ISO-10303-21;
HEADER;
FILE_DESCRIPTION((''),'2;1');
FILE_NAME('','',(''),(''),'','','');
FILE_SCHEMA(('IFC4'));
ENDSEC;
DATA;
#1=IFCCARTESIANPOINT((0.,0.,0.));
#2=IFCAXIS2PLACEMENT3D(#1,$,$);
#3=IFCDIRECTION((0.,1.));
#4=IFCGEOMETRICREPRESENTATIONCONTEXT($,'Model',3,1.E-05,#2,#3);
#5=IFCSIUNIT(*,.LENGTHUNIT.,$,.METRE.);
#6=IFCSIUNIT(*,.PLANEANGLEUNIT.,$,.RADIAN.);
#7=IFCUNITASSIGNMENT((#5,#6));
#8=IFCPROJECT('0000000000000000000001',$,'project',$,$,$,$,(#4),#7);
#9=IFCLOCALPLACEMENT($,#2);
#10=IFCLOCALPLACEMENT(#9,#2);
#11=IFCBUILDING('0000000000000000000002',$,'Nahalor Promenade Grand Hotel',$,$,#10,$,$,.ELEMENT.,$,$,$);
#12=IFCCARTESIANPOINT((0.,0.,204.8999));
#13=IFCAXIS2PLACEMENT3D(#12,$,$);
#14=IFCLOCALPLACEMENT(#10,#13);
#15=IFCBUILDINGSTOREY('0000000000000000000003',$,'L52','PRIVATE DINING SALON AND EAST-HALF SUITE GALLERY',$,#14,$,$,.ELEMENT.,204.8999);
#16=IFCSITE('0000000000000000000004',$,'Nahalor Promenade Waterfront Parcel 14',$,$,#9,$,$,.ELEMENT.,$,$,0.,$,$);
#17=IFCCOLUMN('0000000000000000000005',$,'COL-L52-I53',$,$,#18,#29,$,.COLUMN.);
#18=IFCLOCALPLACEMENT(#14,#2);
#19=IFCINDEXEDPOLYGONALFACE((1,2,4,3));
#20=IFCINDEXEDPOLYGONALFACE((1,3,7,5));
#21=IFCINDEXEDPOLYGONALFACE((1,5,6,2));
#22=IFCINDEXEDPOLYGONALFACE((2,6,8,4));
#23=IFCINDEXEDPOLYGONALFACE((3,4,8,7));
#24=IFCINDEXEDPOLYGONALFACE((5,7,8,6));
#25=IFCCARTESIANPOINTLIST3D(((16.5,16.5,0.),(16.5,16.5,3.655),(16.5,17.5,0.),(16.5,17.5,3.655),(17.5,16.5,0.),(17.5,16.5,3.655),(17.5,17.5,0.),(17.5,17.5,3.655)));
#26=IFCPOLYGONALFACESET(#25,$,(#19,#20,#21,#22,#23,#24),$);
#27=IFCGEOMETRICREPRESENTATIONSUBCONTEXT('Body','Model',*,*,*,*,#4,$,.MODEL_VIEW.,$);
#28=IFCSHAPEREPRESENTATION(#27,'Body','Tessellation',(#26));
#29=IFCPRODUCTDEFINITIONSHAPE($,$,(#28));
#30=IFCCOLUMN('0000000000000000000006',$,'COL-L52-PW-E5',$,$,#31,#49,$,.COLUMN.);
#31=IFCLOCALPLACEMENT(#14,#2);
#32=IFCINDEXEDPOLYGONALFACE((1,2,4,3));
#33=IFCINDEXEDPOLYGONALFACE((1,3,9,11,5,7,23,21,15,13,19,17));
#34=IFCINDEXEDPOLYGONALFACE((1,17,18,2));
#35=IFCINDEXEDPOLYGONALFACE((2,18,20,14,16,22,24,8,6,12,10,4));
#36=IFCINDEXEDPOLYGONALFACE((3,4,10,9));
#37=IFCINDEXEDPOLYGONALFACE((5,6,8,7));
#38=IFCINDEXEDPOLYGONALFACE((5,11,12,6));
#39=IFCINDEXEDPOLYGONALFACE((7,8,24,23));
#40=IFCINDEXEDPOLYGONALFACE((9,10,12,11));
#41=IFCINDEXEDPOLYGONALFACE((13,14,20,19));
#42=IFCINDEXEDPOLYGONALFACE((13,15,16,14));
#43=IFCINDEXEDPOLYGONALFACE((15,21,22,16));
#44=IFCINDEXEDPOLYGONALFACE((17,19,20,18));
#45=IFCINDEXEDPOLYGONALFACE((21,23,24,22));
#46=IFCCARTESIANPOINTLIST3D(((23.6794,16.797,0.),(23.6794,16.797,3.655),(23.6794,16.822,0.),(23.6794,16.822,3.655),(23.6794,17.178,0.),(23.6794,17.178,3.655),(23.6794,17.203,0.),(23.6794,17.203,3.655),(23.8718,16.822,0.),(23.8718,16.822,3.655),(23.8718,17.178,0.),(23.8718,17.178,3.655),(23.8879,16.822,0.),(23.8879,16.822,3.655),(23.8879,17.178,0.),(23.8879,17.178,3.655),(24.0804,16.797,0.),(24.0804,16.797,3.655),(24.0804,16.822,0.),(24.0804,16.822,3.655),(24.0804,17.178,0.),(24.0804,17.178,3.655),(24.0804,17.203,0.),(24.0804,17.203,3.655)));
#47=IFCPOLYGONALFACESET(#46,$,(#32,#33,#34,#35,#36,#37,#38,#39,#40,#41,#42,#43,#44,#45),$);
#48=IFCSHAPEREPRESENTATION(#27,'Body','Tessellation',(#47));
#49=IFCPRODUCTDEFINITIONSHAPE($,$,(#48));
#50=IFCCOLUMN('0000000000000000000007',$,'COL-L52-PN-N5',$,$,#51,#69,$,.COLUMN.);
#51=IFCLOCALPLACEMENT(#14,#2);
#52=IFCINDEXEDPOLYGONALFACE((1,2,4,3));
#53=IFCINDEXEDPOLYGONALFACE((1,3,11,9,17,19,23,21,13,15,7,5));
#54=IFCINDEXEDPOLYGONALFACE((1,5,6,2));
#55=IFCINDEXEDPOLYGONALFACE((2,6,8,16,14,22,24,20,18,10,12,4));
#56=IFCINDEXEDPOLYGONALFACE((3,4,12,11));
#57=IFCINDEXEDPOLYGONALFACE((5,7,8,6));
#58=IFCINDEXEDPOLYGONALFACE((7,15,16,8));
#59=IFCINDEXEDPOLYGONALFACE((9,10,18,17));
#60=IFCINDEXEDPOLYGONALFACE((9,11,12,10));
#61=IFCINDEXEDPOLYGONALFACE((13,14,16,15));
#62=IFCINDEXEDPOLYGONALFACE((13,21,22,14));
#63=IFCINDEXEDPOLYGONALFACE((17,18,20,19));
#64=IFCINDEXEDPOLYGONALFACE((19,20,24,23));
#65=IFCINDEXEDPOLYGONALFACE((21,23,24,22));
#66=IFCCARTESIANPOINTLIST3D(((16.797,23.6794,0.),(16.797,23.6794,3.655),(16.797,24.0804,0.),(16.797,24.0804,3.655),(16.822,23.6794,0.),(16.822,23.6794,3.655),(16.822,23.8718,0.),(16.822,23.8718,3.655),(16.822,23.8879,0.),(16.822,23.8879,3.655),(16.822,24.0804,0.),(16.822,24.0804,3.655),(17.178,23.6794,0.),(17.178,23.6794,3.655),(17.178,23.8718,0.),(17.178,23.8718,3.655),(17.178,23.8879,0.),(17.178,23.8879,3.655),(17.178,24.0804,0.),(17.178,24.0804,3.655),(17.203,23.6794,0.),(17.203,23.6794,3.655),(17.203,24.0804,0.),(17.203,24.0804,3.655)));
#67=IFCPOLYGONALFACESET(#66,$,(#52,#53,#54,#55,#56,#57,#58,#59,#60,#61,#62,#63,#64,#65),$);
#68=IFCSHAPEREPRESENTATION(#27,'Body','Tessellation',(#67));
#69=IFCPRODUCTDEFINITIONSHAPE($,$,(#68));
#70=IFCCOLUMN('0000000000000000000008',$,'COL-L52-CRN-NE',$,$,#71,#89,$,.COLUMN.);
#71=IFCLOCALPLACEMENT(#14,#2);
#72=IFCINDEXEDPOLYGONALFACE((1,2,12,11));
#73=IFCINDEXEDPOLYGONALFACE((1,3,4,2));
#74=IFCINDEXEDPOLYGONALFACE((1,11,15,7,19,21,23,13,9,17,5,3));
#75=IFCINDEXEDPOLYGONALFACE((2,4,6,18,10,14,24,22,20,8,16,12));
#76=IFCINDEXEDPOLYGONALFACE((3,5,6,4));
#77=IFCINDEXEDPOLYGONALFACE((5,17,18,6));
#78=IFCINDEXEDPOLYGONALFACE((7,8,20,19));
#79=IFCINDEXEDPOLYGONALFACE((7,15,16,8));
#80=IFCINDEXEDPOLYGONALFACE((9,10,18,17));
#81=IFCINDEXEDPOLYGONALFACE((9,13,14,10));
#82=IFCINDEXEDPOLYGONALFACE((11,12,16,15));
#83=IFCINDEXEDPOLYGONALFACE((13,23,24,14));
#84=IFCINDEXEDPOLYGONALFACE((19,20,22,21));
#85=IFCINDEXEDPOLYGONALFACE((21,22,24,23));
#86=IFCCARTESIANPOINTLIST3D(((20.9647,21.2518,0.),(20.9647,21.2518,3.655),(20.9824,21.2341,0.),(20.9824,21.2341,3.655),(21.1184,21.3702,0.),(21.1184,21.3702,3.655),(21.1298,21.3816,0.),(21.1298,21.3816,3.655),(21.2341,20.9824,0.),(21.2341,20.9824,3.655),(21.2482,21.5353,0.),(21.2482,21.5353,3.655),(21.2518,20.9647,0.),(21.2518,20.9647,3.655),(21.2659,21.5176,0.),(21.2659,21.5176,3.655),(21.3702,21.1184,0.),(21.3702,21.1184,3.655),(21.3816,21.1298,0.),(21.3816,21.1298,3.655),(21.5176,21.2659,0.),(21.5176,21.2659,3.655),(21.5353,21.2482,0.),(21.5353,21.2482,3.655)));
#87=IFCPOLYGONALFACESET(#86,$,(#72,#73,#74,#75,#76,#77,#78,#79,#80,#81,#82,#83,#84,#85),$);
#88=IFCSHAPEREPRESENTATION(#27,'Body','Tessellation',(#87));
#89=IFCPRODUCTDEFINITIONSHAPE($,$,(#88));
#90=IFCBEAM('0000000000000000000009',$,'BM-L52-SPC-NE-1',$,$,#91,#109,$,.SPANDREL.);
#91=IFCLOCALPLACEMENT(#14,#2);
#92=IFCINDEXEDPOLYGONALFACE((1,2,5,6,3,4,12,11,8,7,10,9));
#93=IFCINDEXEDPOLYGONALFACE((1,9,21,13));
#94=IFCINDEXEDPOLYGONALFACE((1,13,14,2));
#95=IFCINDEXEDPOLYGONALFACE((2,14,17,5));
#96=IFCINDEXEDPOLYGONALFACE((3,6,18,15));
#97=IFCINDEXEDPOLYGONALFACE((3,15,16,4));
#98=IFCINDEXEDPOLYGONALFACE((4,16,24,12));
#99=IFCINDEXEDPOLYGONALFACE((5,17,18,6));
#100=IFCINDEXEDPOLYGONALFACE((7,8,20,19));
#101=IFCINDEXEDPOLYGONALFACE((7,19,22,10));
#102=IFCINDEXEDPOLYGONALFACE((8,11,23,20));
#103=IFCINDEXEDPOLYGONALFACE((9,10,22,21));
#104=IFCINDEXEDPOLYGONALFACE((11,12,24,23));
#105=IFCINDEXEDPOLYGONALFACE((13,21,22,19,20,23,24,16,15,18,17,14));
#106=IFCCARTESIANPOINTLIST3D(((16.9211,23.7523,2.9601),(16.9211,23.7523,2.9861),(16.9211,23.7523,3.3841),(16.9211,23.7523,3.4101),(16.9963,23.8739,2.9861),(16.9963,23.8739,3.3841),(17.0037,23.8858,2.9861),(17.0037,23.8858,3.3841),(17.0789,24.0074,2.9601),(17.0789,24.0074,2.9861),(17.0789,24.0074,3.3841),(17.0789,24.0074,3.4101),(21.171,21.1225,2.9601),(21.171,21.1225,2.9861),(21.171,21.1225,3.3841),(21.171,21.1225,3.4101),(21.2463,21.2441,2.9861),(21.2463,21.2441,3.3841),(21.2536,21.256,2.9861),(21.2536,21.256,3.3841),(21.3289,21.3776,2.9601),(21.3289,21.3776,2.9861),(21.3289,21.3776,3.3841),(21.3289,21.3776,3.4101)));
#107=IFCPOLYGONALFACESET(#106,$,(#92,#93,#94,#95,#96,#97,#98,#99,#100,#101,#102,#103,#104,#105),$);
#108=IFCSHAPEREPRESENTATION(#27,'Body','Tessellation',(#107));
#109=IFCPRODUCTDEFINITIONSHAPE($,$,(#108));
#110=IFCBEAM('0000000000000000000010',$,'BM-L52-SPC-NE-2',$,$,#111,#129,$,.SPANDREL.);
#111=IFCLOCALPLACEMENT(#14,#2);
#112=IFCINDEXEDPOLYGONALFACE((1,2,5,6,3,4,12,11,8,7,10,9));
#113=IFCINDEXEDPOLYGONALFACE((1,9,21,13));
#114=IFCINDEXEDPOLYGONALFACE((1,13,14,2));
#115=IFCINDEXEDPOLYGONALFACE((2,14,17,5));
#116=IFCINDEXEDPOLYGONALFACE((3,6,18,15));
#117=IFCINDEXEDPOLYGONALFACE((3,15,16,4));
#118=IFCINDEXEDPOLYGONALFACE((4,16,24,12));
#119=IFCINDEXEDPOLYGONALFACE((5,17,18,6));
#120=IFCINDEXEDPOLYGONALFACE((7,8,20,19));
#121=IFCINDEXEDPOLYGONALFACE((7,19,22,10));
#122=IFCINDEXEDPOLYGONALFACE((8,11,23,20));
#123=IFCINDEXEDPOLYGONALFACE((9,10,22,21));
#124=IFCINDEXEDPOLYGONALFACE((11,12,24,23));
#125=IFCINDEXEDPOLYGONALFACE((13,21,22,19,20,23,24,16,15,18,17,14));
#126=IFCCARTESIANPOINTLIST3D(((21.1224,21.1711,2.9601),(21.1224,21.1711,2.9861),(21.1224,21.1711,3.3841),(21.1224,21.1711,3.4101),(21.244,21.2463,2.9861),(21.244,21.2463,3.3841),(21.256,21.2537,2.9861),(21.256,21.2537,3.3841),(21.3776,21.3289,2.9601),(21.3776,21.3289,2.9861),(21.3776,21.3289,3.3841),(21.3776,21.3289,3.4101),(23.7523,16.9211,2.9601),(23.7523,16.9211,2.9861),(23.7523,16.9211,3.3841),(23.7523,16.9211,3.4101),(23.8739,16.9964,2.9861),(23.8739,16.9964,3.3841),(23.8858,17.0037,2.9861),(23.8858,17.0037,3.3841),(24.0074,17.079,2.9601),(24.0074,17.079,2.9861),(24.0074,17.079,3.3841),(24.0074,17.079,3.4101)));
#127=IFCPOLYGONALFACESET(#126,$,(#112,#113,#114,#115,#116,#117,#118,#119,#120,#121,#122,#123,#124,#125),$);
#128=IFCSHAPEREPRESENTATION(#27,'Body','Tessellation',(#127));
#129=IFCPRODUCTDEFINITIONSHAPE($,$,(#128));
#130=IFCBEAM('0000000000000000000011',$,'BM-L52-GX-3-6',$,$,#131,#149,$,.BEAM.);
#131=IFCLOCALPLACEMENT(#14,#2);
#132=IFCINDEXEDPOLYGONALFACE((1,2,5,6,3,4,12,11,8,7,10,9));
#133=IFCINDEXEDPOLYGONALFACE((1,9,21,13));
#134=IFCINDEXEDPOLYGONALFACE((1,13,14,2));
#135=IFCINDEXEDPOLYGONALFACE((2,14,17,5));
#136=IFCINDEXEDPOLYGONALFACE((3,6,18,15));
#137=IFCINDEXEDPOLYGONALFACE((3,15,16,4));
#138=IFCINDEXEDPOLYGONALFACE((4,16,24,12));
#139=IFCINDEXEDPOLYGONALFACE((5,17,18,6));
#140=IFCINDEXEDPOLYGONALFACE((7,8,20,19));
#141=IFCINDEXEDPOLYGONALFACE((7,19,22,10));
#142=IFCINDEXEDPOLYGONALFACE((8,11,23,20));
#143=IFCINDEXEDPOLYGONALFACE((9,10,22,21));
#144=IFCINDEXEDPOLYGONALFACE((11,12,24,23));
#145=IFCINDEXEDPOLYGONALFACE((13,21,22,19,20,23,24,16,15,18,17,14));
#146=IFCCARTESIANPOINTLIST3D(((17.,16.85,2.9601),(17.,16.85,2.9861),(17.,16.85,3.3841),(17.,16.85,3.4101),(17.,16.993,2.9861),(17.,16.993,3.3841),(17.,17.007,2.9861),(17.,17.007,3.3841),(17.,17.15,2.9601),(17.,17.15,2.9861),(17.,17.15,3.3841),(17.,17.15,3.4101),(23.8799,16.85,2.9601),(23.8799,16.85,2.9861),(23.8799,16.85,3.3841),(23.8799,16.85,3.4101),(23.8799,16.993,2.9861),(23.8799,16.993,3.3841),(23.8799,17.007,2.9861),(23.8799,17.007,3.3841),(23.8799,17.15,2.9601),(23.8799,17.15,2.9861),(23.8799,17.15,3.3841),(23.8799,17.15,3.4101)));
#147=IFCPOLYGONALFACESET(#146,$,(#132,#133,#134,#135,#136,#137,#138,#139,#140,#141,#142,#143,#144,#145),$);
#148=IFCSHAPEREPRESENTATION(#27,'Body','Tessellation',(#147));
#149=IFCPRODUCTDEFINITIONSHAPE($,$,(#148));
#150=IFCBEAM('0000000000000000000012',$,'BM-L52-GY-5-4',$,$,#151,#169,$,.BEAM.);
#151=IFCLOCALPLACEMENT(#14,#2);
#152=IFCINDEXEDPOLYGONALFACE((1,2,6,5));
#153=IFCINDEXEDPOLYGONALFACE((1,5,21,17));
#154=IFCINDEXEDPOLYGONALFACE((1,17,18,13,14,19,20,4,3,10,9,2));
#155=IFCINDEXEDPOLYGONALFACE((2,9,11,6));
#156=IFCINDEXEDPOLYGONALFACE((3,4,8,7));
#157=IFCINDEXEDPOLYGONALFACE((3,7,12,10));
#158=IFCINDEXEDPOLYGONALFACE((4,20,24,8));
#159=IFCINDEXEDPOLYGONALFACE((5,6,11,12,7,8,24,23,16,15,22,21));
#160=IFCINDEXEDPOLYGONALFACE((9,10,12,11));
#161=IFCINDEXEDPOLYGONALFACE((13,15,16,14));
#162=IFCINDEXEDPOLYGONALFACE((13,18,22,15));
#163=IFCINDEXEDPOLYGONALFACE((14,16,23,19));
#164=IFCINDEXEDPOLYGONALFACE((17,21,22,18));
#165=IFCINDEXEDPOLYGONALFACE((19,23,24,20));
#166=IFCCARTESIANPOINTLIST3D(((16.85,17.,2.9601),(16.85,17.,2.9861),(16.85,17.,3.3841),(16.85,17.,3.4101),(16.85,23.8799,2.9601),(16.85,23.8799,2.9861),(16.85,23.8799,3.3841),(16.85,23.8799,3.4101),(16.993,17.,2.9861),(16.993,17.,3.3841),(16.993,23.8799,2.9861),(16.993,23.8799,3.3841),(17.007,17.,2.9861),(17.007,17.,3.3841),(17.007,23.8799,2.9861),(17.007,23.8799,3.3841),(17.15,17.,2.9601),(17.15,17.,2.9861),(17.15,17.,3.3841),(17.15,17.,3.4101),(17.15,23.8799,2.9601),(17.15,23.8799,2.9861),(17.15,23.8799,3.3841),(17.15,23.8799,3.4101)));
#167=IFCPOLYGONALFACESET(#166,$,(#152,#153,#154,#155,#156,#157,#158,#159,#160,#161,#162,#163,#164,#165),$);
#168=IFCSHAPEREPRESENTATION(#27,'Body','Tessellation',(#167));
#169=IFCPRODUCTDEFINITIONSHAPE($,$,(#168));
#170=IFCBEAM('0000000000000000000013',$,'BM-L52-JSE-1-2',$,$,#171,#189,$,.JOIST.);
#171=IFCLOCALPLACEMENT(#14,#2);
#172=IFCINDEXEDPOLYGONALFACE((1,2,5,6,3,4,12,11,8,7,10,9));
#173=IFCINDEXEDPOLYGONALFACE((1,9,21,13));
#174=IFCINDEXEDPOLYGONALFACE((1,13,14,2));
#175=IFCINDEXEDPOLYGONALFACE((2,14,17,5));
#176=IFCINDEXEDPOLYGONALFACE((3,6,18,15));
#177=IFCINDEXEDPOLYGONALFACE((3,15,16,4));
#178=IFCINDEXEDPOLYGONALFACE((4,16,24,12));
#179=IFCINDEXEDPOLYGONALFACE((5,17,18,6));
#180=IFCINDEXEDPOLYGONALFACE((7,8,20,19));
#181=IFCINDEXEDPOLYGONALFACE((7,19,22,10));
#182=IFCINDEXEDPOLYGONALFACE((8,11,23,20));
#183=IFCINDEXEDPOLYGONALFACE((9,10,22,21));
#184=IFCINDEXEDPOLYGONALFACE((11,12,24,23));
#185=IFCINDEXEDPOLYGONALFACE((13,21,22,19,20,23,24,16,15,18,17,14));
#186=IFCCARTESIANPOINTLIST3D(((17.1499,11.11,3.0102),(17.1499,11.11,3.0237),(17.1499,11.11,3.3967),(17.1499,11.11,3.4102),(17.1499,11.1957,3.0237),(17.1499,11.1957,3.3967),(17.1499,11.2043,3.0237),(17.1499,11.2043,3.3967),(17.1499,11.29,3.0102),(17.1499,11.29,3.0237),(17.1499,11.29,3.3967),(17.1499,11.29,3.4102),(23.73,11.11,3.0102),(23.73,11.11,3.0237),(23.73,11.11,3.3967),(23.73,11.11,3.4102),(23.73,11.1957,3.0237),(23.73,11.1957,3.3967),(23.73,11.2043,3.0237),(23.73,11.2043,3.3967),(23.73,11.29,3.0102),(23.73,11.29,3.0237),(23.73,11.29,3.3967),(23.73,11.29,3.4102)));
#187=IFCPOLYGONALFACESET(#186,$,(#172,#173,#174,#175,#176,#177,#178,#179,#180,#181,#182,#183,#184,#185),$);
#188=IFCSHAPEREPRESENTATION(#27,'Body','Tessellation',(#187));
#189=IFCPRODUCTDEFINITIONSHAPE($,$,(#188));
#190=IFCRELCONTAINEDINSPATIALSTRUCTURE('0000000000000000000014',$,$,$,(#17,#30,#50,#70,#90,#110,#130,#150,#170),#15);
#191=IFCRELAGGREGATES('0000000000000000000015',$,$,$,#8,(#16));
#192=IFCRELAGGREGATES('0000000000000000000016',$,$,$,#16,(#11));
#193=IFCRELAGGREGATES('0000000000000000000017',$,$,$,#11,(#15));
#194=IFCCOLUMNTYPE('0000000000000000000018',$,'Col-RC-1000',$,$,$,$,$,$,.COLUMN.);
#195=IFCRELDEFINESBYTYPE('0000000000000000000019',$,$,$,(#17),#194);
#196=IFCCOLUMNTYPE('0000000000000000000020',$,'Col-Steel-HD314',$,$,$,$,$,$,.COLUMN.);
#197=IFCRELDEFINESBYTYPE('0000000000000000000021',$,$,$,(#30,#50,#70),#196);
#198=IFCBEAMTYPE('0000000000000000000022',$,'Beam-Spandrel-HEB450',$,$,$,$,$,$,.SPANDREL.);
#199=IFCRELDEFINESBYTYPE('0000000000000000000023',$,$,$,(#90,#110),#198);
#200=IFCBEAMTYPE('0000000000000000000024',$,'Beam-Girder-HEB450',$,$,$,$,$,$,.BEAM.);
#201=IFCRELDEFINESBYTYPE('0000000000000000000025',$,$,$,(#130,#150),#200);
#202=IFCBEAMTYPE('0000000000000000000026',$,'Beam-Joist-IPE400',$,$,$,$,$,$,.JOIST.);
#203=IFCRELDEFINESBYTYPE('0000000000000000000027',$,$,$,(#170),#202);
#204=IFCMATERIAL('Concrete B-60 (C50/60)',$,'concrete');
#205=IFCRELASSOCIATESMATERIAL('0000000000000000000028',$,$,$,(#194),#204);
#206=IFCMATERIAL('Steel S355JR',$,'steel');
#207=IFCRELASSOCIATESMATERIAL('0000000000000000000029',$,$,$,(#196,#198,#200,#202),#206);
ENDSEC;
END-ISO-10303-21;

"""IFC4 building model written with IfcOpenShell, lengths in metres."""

from ifc_helpers import new_model, si_unit, direction, frame, origin, origin_2d, place, context, subcontext, project, spatial, rectangle, i_section, extrude, source, transform, mapped, material, material_profile, profile_set, type_object, element, save


model = new_model("IFC4")

# Units and contexts
model_context = context("Model", 3, precision=1e-05, world=origin(), true_north=direction((0.0, 1.0)))
body_context = subcontext(model_context, "Body", "Model", "MODEL_VIEW")
ifc_project = project(units=[si_unit("LENGTHUNIT", "METRE"), si_unit("PLANEANGLEUNIT", "RADIAN")], contexts=[model_context])

# Site, building, storey
site_placement = place(None, origin())
site = spatial("IfcSite", under=ifc_project, at=site_placement, Name="Nahalor Promenade Waterfront Parcel 14", CompositionType="ELEMENT", RefElevation=0.0)
building_placement = place(site_placement, origin())
building = spatial("IfcBuilding", under=site, at=building_placement, Name="Nahalor Promenade Grand Hotel", CompositionType="ELEMENT")
storey_placement = place(building_placement, frame((0.0, 0.0, 204.8999)))
storey = spatial("IfcBuildingStorey", under=building, at=storey_placement, Name="L52", Description="PRIVATE DINING SALON AND EAST-HALF SUITE GALLERY", CompositionType="ELEMENT", Elevation=204.8999)

# Columns
ifc_material_1 = material(Name="Concrete B-60 (C50/60)", Category="concrete")
ifc_material_profile_1 = material_profile(ifc_material_1, rectangle(XDim=1.0, YDim=1.0, at=origin_2d()), Name="RC 1000x1000")
ifc_profile_set_1 = profile_set([ifc_material_profile_1], Name="Concrete B-60 (C50/60)")
column_type_1 = type_object("IfcColumnType", Name="Col-RC-1000", PredefinedType="COLUMN", material=ifc_profile_set_1)
shared_shape_1 = source(origin(), body_context, "Body", "SweptSolid", [
    extrude(rectangle(XDim=1.0, YDim=1.0, at=origin_2d()), origin(), (0.0, 0.0, 1.0), 3.655),
])
column_placement = place(storey_placement, frame((17.0, 17.0, 0.0), z_axis=(0.0, 0.0, 1.0), x_axis=(1.0, 0.0, 0.0)))
element("IfcColumn", 1, at=column_placement, inside=storey, type_object=column_type_1, Name="COL-L52-I53", PredefinedType="COLUMN", context=body_context, shape_type="MappedRepresentation", body=[
    mapped(shared_shape_1, transform((0.0, 0.0, 0.0), scale=1.0)),
])
ifc_material_2 = material(Name="Steel S355JR", Category="steel")
ifc_material_profile_2 = material_profile(ifc_material_2, i_section(OverallWidth=0.401, OverallDepth=0.406, WebThickness=0.0161, FlangeThickness=0.025, at=origin_2d()), Name="HD 400x314")
ifc_profile_set_2 = profile_set([ifc_material_profile_2], Name="Steel S355JR")
column_type_2 = type_object("IfcColumnType", Name="Col-Steel-HD314", PredefinedType="COLUMN", material=ifc_profile_set_2)
shared_shape_2 = source(origin(), body_context, "Body", "SweptSolid", [
    extrude(i_section(OverallWidth=0.401, OverallDepth=0.406, WebThickness=0.0161, FlangeThickness=0.025, at=origin_2d()), origin(), (0.0, 0.0, 1.0), 3.655),
])
for number, where, z_axis, x_axis, name in (
    (2, (23.8799, 17.0, 0.0), (0.0, 0.0, 1.0), (1.0, 0.0, 0.0), "COL-L52-PW-E5"),
    (3, (17.0, 23.8799, 0.0), (0.0, 0.0, 1.0), (0.0, 1.0, 0.0), "COL-L52-PN-N5"),
    (4, (21.25, 21.25, 0.0), (0.0, 0.0, 1.0), (0.707107, 0.707107, 0.0), "COL-L52-CRN-NE"),
):
    element("IfcColumn", number, at=place(storey_placement, frame(where, z_axis=z_axis, x_axis=x_axis)), inside=storey, type_object=column_type_2, Name=name, PredefinedType="COLUMN", context=body_context, shape_type="MappedRepresentation", body=[
        mapped(shared_shape_2, transform((0.0, 0.0, 0.0), scale=1.0)),
    ])

# Beams
ifc_material_profile_3 = material_profile(ifc_material_2, i_section(OverallWidth=0.3, OverallDepth=0.45, WebThickness=0.014, FlangeThickness=0.026, at=origin_2d()), Name="HEB 450")
ifc_profile_set_3 = profile_set([ifc_material_profile_3], Name="Steel S355JR")
beam_type_1 = type_object("IfcBeamType", Name="Beam-Spandrel-HEB450", PredefinedType="SPANDREL", material=ifc_profile_set_3)
shared_shape_3 = source(origin(), body_context, "Body", "SweptSolid", [
    extrude(i_section(OverallWidth=0.3, OverallDepth=0.45, WebThickness=0.014, FlangeThickness=0.026, at=origin_2d()), origin(), (0.0, 0.0, 1.0), 4.9978),
])
for number, where, z_axis, x_axis, name in (
    (5, (17.0, 23.8799, 3.1851), (0.850361, -0.5262, 0.0), (0.5262, 0.850361, 0.0), "BM-L52-SPC-NE-1"),
    (6, (21.25, 21.25, 3.1851), (0.5262, -0.850361, 0.0), (0.850361, 0.5262, 0.0), "BM-L52-SPC-NE-2"),
):
    element("IfcBeam", number, at=place(storey_placement, frame(where, z_axis=z_axis, x_axis=x_axis)), inside=storey, type_object=beam_type_1, Name=name, PredefinedType="SPANDREL", context=body_context, shape_type="MappedRepresentation", body=[
        mapped(shared_shape_3, transform((0.0, 0.0, 0.0), scale=1.0)),
    ])
ifc_material_profile_4 = material_profile(ifc_material_2, i_section(OverallWidth=0.3, OverallDepth=0.45, WebThickness=0.014, FlangeThickness=0.026, at=origin_2d()), Name="HEB 450")
ifc_profile_set_4 = profile_set([ifc_material_profile_4], Name="Steel S355JR")
beam_type_2 = type_object("IfcBeamType", Name="Beam-Girder-HEB450", PredefinedType="BEAM", material=ifc_profile_set_4)
shared_shape_4 = source(origin(), body_context, "Body", "SweptSolid", [
    extrude(i_section(OverallWidth=0.3, OverallDepth=0.45, WebThickness=0.014, FlangeThickness=0.026, at=origin_2d()), origin(), (0.0, 0.0, 1.0), 6.8799),
])
for number, where, z_axis, x_axis, name in (
    (7, (17.0, 17.0, 3.1851), (1.0, 0.0, 0.0), (0.0, 1.0, 0.0), "BM-L52-GX-3-6"),
    (8, (17.0, 17.0, 3.1851), (0.0, 1.0, 0.0), (-1.0, 0.0, 0.0), "BM-L52-GY-5-4"),
):
    element("IfcBeam", number, at=place(storey_placement, frame(where, z_axis=z_axis, x_axis=x_axis)), inside=storey, type_object=beam_type_2, Name=name, PredefinedType="BEAM", context=body_context, shape_type="MappedRepresentation", body=[
        mapped(shared_shape_4, transform((0.0, 0.0, 0.0), scale=1.0)),
    ])
ifc_material_profile_5 = material_profile(ifc_material_2, i_section(OverallWidth=0.18, OverallDepth=0.4, WebThickness=0.0086, FlangeThickness=0.0135, at=origin_2d()), Name="IPE 400")
ifc_profile_set_5 = profile_set([ifc_material_profile_5], Name="Steel S355JR")
beam_type_3 = type_object("IfcBeamType", Name="Beam-Joist-IPE400", PredefinedType="JOIST", material=ifc_profile_set_5)
shared_shape_5 = source(origin(), body_context, "Body", "SweptSolid", [
    extrude(i_section(OverallWidth=0.18, OverallDepth=0.4, WebThickness=0.0086, FlangeThickness=0.0135, at=origin_2d()), origin(), (0.0, 0.0, 1.0), 6.5801),
])
beam_placement = place(storey_placement, frame((17.1499, 11.2, 3.2102), z_axis=(1.0, 0.0, 0.0), x_axis=(0.0, 1.0, 0.0)))
element("IfcBeam", 9, at=beam_placement, inside=storey, type_object=beam_type_3, Name="BM-L52-JSE-1-2", PredefinedType="JOIST", context=body_context, shape_type="MappedRepresentation", body=[
    mapped(shared_shape_5, transform((0.0, 0.0, 0.0), scale=1.0)),
])

save(model, "model.ifc")
